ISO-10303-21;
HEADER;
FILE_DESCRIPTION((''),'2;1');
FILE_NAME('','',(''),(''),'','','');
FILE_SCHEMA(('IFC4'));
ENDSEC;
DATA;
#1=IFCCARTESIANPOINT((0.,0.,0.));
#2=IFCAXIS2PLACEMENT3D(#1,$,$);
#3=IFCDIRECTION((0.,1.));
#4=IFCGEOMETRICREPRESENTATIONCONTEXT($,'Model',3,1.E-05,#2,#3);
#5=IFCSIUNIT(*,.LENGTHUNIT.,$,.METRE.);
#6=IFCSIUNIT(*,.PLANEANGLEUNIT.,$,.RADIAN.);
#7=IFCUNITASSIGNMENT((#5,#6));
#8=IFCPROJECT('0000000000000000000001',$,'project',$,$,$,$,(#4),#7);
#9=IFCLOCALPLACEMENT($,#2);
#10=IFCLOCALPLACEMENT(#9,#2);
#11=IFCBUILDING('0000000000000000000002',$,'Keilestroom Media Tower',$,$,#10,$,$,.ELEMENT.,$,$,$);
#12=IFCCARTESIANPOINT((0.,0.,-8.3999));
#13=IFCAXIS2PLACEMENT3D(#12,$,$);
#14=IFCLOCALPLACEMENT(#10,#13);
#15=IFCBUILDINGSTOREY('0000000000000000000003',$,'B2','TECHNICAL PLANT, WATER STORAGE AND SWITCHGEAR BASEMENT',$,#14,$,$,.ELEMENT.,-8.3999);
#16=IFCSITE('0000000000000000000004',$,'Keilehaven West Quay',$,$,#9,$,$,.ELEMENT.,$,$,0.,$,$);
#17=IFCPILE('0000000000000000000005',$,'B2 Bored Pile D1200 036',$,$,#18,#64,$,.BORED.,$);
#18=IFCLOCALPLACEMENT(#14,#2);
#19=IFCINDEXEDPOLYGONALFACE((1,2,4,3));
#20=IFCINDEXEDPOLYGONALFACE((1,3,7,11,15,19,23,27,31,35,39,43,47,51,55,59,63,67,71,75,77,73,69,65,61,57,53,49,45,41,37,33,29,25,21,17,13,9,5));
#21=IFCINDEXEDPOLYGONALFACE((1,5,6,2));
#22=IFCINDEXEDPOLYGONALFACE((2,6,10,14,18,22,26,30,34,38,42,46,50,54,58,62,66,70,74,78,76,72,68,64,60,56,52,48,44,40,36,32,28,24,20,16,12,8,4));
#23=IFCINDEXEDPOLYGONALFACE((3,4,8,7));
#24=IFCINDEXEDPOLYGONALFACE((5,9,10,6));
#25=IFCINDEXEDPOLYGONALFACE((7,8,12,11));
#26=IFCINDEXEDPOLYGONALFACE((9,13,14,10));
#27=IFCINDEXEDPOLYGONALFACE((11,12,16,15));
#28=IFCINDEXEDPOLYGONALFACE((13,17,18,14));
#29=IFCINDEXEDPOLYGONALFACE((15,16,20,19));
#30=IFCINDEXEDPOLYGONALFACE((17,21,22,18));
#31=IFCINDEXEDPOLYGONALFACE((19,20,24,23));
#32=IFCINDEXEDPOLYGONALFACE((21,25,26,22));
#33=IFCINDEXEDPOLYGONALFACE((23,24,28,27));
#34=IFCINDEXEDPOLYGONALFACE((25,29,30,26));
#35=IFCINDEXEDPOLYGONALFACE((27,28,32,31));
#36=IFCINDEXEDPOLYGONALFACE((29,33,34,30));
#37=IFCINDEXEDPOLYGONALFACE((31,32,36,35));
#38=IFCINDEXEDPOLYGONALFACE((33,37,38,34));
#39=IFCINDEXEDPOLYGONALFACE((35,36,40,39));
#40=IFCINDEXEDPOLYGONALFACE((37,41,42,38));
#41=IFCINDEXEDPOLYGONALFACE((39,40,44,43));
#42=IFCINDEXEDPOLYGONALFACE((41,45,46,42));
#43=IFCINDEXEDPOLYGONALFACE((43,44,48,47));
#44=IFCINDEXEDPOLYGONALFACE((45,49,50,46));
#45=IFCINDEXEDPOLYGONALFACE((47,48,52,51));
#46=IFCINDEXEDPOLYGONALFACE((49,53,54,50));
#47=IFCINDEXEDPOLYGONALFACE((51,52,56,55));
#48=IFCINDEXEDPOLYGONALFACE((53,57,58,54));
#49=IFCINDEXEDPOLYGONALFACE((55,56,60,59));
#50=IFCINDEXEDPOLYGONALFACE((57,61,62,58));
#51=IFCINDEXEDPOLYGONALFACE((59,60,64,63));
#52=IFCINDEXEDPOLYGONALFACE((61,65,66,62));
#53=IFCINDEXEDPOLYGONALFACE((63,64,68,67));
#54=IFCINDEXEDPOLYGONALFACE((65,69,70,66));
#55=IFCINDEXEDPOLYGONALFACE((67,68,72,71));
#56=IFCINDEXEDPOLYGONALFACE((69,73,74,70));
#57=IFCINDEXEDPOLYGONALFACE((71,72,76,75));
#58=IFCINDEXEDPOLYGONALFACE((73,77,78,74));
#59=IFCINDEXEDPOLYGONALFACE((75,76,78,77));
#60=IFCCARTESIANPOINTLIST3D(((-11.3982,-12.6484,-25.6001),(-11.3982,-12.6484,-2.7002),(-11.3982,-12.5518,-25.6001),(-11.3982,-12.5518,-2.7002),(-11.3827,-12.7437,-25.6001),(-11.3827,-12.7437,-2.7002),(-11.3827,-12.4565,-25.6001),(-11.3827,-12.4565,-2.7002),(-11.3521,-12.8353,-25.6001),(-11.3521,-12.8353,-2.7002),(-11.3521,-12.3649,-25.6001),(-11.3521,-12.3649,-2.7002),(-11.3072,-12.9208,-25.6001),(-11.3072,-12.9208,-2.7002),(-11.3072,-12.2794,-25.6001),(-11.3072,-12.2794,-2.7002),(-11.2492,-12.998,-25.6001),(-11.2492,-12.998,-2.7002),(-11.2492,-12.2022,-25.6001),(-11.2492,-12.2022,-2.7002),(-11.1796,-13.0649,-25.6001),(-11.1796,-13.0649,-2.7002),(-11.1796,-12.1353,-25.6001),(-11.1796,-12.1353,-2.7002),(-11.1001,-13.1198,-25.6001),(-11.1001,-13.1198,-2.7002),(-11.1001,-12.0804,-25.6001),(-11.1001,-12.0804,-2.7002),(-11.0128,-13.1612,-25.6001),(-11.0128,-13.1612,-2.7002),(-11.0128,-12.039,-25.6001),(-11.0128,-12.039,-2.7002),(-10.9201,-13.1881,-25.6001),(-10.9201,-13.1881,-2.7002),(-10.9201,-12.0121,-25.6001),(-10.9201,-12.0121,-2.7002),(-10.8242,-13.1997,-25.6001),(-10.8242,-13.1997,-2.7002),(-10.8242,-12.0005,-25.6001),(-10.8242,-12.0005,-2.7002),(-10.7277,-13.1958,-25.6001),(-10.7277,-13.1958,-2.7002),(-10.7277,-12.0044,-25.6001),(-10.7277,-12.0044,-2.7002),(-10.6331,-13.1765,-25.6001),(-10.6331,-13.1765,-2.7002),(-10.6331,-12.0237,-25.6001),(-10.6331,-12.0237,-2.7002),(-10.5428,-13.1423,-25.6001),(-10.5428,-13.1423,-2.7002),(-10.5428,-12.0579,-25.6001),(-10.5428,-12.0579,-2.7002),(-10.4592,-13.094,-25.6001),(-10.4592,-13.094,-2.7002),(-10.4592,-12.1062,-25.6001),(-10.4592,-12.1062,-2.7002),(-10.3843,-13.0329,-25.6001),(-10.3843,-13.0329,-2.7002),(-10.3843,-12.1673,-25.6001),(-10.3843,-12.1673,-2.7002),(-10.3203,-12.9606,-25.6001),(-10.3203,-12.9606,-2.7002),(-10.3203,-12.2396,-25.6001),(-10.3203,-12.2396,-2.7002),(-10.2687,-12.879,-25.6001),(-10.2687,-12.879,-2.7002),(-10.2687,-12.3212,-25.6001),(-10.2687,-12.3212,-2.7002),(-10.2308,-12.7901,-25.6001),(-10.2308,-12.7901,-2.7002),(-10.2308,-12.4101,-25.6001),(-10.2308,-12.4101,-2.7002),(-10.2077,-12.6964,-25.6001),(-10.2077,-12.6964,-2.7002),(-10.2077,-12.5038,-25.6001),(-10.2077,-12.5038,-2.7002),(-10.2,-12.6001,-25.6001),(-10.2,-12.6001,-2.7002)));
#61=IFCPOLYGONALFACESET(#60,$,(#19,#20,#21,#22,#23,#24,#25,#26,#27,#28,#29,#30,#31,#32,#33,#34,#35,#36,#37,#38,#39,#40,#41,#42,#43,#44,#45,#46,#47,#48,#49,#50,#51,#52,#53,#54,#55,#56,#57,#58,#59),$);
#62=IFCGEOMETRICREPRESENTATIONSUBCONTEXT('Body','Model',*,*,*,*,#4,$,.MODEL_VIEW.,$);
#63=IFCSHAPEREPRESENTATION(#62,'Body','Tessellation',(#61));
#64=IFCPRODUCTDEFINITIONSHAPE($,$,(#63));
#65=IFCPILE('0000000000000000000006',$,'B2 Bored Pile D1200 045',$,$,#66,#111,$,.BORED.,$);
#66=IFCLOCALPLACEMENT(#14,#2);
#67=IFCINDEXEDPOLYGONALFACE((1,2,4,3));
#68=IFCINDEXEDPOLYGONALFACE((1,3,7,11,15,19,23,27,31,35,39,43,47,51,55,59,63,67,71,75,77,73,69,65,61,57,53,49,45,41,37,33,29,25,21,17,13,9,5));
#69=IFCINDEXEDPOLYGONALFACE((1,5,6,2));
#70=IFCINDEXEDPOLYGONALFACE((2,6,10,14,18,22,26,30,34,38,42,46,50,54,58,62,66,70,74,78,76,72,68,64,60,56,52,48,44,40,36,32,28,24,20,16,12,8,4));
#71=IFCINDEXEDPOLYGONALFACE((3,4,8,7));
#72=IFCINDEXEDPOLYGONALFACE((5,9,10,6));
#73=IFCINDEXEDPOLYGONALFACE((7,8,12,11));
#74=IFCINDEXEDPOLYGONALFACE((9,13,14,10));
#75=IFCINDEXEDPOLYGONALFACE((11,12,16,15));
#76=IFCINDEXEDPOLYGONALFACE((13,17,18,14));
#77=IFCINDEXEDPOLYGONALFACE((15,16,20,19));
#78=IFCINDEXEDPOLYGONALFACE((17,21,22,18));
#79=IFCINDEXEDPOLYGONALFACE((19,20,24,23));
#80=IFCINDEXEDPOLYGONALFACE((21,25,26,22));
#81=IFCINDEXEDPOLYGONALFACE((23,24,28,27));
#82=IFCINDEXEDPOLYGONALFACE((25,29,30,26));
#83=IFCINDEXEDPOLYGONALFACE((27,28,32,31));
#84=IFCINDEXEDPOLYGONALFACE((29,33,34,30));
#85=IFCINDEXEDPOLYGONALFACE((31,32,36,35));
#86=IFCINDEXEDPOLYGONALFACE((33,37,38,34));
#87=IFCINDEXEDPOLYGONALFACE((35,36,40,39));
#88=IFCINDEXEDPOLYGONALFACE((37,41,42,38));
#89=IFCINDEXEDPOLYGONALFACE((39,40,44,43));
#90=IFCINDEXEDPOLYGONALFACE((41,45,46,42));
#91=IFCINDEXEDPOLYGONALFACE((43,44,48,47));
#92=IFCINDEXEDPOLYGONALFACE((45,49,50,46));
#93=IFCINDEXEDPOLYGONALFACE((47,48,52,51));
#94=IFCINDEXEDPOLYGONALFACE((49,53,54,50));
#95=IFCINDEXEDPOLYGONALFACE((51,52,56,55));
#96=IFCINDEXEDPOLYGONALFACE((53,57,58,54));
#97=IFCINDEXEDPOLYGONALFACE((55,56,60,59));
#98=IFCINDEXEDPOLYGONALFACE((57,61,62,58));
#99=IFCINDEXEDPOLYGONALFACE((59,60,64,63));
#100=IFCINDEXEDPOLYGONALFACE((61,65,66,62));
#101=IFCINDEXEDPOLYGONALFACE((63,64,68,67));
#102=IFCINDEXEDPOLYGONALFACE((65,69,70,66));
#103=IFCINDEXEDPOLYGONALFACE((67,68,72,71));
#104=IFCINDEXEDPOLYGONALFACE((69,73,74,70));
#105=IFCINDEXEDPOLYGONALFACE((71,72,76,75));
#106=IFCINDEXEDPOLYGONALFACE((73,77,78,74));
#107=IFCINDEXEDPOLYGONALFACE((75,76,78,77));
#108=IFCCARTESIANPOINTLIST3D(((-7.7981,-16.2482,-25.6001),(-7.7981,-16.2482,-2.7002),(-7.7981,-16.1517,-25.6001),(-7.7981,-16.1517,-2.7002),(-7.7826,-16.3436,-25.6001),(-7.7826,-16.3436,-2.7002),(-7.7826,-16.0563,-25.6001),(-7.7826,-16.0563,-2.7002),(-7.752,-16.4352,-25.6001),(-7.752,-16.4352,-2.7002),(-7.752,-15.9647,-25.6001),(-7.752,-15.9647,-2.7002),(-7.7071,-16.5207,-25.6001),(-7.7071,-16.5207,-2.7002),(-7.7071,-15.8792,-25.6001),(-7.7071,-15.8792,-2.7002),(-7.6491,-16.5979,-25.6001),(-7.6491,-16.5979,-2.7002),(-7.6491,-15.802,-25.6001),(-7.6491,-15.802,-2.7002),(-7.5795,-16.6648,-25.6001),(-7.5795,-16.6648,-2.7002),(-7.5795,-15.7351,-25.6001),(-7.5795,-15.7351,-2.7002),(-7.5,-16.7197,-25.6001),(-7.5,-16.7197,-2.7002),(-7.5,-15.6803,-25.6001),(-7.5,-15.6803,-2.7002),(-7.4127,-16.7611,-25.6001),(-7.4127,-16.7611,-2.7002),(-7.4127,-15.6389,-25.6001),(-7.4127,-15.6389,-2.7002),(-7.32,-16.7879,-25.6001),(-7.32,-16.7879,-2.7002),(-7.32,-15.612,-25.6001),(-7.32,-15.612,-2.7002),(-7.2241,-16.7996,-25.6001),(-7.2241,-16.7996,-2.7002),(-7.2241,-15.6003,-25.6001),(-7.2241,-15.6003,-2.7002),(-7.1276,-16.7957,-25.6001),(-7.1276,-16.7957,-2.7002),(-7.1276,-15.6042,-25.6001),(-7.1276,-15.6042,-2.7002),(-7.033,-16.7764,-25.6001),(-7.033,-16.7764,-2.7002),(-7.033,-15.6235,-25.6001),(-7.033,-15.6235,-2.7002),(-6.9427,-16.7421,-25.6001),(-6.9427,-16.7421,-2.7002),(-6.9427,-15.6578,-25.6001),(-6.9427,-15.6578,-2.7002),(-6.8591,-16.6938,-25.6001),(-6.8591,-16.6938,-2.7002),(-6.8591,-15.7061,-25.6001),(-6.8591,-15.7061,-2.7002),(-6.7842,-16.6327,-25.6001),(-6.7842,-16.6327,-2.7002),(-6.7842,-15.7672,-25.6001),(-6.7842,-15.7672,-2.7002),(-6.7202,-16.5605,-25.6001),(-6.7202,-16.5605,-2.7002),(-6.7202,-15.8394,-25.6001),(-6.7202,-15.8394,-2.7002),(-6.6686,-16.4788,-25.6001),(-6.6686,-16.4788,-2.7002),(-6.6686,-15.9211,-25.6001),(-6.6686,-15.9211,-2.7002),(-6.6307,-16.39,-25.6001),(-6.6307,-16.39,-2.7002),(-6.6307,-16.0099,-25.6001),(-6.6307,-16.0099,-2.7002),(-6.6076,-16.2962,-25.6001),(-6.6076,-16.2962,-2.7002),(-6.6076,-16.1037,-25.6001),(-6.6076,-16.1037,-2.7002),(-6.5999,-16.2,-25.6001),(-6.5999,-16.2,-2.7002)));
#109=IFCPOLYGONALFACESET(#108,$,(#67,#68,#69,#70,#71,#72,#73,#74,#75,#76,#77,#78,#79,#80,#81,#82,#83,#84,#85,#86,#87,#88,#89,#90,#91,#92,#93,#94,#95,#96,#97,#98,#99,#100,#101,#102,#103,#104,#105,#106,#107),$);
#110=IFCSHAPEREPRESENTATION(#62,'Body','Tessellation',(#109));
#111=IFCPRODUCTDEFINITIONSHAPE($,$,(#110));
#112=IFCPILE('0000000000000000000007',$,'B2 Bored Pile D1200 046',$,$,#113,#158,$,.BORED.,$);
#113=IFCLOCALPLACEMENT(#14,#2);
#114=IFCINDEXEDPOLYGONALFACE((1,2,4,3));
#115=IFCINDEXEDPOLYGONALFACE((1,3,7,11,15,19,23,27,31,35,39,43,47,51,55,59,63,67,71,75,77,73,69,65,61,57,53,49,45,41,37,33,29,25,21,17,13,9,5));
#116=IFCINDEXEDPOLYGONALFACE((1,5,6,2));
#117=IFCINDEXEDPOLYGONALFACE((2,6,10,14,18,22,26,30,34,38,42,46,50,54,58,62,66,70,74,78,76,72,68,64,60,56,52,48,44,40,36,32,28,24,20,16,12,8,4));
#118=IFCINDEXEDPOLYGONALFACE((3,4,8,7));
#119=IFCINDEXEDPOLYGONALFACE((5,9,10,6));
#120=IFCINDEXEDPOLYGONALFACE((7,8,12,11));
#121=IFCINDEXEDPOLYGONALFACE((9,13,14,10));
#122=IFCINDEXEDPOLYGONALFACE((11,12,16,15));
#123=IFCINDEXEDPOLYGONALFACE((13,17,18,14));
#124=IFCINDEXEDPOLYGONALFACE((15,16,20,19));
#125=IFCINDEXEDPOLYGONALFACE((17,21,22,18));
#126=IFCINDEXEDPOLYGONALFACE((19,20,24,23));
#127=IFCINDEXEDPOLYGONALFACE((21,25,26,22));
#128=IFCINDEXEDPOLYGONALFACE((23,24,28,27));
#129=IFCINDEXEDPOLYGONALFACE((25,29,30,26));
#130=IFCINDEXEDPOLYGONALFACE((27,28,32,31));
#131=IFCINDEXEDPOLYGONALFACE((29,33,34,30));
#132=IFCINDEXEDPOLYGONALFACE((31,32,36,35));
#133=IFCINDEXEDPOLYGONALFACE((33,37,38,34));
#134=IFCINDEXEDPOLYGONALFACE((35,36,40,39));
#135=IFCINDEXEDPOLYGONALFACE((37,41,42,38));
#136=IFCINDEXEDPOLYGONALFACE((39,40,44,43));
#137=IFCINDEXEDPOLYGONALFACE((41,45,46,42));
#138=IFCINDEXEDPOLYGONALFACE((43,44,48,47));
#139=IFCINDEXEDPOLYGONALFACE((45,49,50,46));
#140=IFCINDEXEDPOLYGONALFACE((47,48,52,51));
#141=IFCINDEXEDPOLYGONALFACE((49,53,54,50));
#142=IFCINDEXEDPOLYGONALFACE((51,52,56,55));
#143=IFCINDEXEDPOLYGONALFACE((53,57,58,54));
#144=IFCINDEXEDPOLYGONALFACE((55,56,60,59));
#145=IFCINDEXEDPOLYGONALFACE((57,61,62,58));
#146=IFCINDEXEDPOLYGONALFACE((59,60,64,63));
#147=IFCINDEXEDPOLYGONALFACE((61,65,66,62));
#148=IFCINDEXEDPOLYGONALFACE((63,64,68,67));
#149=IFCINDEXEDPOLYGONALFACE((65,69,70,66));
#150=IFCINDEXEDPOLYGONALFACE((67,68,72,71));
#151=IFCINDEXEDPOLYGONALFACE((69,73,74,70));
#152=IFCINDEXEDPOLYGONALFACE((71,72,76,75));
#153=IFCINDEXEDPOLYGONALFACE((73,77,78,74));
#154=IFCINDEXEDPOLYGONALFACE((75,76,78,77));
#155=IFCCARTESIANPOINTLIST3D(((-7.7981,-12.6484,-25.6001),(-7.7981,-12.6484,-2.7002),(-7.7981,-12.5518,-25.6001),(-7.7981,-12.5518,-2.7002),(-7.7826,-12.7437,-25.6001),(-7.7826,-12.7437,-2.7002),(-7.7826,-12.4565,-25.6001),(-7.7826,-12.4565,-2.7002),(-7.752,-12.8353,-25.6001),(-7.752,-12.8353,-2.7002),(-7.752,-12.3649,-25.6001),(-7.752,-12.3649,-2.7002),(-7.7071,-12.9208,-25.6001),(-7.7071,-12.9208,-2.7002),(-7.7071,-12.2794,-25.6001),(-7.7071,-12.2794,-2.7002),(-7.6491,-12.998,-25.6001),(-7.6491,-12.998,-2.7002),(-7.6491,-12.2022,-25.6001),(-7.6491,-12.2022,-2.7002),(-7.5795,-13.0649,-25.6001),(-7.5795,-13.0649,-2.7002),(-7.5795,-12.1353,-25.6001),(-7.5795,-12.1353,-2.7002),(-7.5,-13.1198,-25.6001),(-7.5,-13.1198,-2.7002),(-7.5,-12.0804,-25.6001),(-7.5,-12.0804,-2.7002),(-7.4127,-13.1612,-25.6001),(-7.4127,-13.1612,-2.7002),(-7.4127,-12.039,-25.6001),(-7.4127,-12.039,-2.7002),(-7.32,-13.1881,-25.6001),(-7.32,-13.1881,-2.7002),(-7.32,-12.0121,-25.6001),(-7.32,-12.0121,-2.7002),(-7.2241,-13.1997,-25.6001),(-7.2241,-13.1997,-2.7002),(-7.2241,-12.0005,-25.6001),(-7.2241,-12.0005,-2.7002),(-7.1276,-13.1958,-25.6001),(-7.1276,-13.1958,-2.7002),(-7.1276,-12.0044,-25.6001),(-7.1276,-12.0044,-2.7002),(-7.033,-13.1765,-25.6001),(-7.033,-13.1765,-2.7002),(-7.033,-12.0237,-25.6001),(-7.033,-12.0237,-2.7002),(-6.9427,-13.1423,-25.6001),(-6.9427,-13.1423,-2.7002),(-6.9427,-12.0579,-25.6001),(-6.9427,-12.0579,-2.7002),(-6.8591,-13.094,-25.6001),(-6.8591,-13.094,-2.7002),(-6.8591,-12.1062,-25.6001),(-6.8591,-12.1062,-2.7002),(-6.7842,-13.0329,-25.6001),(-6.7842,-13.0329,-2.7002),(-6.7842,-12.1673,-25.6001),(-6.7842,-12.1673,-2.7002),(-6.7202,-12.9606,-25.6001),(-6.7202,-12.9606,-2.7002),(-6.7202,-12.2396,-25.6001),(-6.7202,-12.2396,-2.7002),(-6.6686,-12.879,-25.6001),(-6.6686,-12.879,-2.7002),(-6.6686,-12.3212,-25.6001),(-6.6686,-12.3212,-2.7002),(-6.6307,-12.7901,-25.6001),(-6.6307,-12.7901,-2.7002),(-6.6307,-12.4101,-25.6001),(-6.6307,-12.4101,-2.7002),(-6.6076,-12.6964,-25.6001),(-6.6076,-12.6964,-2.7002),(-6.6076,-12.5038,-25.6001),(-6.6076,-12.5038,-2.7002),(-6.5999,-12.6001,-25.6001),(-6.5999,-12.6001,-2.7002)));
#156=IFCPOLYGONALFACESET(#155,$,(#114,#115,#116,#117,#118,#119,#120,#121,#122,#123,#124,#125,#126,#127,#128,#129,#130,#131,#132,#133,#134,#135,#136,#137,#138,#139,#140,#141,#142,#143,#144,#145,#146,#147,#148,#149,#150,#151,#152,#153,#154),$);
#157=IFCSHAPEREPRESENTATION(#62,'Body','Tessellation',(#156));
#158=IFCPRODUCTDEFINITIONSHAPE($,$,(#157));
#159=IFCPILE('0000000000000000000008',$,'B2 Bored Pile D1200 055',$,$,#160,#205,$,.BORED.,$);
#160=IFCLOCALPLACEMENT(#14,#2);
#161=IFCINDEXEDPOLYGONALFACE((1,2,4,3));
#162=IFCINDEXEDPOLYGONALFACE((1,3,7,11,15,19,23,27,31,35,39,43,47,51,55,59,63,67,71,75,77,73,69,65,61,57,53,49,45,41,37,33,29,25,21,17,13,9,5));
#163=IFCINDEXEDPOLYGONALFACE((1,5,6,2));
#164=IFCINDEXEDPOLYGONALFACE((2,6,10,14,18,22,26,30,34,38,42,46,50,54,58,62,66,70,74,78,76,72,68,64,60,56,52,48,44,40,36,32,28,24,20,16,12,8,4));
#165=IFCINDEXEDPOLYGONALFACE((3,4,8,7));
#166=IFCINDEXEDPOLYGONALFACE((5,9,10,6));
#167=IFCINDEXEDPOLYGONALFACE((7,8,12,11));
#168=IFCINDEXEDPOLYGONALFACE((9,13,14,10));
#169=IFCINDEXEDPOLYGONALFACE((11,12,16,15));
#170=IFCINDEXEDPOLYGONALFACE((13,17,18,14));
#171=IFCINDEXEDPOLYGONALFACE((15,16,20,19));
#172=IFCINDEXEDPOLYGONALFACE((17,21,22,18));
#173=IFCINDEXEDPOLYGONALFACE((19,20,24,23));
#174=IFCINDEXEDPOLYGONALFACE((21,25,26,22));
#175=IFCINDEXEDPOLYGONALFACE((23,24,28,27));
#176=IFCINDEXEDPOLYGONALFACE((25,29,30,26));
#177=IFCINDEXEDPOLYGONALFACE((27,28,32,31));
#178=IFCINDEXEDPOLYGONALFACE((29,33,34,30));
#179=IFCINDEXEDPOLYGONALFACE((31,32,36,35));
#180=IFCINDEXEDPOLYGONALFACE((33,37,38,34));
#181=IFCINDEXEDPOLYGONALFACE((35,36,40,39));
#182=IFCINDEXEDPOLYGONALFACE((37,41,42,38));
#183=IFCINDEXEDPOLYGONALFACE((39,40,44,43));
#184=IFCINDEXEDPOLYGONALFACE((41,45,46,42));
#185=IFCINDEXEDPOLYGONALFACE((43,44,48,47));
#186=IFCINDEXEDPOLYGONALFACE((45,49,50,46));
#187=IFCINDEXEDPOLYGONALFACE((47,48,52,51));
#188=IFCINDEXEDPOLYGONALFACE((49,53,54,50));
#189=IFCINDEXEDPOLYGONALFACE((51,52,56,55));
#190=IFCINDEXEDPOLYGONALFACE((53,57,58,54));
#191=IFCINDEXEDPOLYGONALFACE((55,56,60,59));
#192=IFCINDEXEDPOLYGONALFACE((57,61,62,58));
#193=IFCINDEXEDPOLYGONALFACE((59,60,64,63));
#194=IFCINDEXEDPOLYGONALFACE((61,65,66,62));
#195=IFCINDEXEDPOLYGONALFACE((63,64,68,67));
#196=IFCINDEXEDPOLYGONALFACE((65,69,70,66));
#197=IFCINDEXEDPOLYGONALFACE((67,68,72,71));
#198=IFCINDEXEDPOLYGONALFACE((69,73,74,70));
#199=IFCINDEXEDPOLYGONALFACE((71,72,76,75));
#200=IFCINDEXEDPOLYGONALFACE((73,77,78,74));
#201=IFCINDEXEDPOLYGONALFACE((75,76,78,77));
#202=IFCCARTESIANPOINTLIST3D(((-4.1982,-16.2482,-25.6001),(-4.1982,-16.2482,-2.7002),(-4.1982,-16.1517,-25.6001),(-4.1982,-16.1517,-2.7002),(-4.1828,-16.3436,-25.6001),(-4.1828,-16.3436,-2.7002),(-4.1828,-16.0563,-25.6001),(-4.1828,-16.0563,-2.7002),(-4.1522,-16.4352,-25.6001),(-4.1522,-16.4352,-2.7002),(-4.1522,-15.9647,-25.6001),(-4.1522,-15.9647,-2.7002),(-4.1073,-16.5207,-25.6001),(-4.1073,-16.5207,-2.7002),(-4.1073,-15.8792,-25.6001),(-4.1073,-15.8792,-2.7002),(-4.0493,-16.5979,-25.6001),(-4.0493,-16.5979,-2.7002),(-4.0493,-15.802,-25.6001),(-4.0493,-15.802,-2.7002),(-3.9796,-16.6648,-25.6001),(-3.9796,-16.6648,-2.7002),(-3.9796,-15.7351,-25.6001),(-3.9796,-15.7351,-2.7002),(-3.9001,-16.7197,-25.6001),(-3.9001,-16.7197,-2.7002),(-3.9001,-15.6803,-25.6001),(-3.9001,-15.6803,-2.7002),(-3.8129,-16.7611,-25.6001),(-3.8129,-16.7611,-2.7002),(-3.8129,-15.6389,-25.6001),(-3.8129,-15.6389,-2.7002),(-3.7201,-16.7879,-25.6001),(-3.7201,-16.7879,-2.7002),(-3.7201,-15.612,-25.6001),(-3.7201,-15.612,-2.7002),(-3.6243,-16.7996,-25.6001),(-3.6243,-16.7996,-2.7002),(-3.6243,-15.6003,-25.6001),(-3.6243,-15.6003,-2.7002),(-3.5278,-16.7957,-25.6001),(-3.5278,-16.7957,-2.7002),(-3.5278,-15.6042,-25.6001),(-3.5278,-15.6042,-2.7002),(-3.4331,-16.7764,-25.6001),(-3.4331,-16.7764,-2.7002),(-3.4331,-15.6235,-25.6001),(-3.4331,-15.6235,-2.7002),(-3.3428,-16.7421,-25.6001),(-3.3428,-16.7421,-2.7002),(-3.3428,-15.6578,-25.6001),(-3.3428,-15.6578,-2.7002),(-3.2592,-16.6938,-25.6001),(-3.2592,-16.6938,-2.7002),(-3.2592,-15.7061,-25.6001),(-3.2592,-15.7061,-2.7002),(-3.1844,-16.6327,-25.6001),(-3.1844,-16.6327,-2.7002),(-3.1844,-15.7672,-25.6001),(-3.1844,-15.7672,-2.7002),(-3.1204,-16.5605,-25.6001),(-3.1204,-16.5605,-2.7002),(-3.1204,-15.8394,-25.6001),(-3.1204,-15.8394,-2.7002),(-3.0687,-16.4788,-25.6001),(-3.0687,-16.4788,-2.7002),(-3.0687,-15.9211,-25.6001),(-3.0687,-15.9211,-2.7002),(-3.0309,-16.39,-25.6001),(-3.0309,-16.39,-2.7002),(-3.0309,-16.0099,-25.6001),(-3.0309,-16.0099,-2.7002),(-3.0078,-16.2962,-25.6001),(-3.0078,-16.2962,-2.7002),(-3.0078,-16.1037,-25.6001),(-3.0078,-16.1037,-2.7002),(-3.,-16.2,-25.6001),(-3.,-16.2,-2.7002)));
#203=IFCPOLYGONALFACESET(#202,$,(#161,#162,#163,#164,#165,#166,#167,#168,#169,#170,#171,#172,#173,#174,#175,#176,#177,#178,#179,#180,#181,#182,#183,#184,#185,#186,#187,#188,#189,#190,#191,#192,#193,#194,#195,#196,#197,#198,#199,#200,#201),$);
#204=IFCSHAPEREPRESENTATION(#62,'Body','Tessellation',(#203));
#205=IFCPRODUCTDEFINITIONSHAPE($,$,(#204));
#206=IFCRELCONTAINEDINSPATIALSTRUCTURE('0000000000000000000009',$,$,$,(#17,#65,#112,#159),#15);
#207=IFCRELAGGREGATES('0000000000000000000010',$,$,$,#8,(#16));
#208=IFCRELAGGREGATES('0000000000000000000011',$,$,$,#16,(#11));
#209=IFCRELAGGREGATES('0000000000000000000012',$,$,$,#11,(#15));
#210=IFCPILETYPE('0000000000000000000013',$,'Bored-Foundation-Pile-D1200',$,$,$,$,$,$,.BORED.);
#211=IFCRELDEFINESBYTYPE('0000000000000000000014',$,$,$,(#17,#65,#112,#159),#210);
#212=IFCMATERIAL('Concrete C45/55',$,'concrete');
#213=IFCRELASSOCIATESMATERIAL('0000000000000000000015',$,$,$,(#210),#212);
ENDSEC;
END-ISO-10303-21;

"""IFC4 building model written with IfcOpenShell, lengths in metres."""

from ifc_helpers import new_model, si_unit, direction, frame, origin, origin_2d, place, context, subcontext, project, spatial, circle, extrude, source, transform, mapped, material, material_profile, profile_set, type_object, element, save


model = new_model("IFC4")

# Units and contexts
model_context = context("Model", 3, precision=1e-05, world=origin(), true_north=direction((0.0, 1.0)))
body_context = subcontext(model_context, "Body", "Model", "MODEL_VIEW")
ifc_project = project(units=[si_unit("LENGTHUNIT", "METRE"), si_unit("PLANEANGLEUNIT", "RADIAN")], contexts=[model_context])

# Site, building, storey
site_placement = place(None, origin())
site = spatial("IfcSite", under=ifc_project, at=site_placement, Name="Keilehaven West Quay", CompositionType="ELEMENT", RefElevation=0.0)
building_placement = place(site_placement, origin())
building = spatial("IfcBuilding", under=site, at=building_placement, Name="Keilestroom Media Tower", CompositionType="ELEMENT")
storey_placement = place(building_placement, frame((0.0, 0.0, -8.3999)))
storey = spatial("IfcBuildingStorey", under=building, at=storey_placement, Name="B2", Description="TECHNICAL PLANT, WATER STORAGE AND SWITCHGEAR BASEMENT", CompositionType="ELEMENT", Elevation=-8.3999)

# Piles
ifc_material_1 = material(Name="Concrete C45/55", Category="concrete")
ifc_material_profile_1 = material_profile(ifc_material_1, circle(Radius=0.6001, at=origin_2d()), Name="BORED PILE D1200")
ifc_profile_set_1 = profile_set([ifc_material_profile_1], Name="Concrete C45/55")
pile_type_1 = type_object("IfcPileType", Name="Bored-Foundation-Pile-D1200", PredefinedType="BORED", material=ifc_profile_set_1)
shared_shape_1 = source(origin(), body_context, "Body", "SweptSolid", [
    extrude(circle(Radius=0.6001, at=origin_2d()), origin(), (0.0, 0.0, 1.0), 22.8999),
])
for number, where, z_axis, x_axis, name in (
    (1, (-10.8, -12.6001, -2.7002), (0.0, 0.0, -1.0), (1.0, 0.0, 0.0), "B2 Bored Pile D1200 036"),
    (2, (-7.2, -16.2, -2.7002), (0.0, 0.0, -1.0), (1.0, 0.0, 0.0), "B2 Bored Pile D1200 045"),
    (3, (-7.2, -12.6001, -2.7002), (0.0, 0.0, -1.0), (1.0, 0.0, 0.0), "B2 Bored Pile D1200 046"),
    (4, (-3.6001, -16.2, -2.7002), (0.0, 0.0, -1.0), (1.0, 0.0, 0.0), "B2 Bored Pile D1200 055"),
):
    element("IfcPile", number, at=place(storey_placement, frame(where, z_axis=z_axis, x_axis=x_axis)), inside=storey, type_object=pile_type_1, Name=name, PredefinedType="BORED", context=body_context, shape_type="MappedRepresentation", body=[
        mapped(shared_shape_1, transform((0.0, 0.0, 0.0), x_axis=(1.0, 0.0, 0.0), y_axis=(0.0, 1.0, 0.0), z_axis=(0.0, 0.0, 1.0), scale=1.0)),
    ])

save(model, "model.ifc")
